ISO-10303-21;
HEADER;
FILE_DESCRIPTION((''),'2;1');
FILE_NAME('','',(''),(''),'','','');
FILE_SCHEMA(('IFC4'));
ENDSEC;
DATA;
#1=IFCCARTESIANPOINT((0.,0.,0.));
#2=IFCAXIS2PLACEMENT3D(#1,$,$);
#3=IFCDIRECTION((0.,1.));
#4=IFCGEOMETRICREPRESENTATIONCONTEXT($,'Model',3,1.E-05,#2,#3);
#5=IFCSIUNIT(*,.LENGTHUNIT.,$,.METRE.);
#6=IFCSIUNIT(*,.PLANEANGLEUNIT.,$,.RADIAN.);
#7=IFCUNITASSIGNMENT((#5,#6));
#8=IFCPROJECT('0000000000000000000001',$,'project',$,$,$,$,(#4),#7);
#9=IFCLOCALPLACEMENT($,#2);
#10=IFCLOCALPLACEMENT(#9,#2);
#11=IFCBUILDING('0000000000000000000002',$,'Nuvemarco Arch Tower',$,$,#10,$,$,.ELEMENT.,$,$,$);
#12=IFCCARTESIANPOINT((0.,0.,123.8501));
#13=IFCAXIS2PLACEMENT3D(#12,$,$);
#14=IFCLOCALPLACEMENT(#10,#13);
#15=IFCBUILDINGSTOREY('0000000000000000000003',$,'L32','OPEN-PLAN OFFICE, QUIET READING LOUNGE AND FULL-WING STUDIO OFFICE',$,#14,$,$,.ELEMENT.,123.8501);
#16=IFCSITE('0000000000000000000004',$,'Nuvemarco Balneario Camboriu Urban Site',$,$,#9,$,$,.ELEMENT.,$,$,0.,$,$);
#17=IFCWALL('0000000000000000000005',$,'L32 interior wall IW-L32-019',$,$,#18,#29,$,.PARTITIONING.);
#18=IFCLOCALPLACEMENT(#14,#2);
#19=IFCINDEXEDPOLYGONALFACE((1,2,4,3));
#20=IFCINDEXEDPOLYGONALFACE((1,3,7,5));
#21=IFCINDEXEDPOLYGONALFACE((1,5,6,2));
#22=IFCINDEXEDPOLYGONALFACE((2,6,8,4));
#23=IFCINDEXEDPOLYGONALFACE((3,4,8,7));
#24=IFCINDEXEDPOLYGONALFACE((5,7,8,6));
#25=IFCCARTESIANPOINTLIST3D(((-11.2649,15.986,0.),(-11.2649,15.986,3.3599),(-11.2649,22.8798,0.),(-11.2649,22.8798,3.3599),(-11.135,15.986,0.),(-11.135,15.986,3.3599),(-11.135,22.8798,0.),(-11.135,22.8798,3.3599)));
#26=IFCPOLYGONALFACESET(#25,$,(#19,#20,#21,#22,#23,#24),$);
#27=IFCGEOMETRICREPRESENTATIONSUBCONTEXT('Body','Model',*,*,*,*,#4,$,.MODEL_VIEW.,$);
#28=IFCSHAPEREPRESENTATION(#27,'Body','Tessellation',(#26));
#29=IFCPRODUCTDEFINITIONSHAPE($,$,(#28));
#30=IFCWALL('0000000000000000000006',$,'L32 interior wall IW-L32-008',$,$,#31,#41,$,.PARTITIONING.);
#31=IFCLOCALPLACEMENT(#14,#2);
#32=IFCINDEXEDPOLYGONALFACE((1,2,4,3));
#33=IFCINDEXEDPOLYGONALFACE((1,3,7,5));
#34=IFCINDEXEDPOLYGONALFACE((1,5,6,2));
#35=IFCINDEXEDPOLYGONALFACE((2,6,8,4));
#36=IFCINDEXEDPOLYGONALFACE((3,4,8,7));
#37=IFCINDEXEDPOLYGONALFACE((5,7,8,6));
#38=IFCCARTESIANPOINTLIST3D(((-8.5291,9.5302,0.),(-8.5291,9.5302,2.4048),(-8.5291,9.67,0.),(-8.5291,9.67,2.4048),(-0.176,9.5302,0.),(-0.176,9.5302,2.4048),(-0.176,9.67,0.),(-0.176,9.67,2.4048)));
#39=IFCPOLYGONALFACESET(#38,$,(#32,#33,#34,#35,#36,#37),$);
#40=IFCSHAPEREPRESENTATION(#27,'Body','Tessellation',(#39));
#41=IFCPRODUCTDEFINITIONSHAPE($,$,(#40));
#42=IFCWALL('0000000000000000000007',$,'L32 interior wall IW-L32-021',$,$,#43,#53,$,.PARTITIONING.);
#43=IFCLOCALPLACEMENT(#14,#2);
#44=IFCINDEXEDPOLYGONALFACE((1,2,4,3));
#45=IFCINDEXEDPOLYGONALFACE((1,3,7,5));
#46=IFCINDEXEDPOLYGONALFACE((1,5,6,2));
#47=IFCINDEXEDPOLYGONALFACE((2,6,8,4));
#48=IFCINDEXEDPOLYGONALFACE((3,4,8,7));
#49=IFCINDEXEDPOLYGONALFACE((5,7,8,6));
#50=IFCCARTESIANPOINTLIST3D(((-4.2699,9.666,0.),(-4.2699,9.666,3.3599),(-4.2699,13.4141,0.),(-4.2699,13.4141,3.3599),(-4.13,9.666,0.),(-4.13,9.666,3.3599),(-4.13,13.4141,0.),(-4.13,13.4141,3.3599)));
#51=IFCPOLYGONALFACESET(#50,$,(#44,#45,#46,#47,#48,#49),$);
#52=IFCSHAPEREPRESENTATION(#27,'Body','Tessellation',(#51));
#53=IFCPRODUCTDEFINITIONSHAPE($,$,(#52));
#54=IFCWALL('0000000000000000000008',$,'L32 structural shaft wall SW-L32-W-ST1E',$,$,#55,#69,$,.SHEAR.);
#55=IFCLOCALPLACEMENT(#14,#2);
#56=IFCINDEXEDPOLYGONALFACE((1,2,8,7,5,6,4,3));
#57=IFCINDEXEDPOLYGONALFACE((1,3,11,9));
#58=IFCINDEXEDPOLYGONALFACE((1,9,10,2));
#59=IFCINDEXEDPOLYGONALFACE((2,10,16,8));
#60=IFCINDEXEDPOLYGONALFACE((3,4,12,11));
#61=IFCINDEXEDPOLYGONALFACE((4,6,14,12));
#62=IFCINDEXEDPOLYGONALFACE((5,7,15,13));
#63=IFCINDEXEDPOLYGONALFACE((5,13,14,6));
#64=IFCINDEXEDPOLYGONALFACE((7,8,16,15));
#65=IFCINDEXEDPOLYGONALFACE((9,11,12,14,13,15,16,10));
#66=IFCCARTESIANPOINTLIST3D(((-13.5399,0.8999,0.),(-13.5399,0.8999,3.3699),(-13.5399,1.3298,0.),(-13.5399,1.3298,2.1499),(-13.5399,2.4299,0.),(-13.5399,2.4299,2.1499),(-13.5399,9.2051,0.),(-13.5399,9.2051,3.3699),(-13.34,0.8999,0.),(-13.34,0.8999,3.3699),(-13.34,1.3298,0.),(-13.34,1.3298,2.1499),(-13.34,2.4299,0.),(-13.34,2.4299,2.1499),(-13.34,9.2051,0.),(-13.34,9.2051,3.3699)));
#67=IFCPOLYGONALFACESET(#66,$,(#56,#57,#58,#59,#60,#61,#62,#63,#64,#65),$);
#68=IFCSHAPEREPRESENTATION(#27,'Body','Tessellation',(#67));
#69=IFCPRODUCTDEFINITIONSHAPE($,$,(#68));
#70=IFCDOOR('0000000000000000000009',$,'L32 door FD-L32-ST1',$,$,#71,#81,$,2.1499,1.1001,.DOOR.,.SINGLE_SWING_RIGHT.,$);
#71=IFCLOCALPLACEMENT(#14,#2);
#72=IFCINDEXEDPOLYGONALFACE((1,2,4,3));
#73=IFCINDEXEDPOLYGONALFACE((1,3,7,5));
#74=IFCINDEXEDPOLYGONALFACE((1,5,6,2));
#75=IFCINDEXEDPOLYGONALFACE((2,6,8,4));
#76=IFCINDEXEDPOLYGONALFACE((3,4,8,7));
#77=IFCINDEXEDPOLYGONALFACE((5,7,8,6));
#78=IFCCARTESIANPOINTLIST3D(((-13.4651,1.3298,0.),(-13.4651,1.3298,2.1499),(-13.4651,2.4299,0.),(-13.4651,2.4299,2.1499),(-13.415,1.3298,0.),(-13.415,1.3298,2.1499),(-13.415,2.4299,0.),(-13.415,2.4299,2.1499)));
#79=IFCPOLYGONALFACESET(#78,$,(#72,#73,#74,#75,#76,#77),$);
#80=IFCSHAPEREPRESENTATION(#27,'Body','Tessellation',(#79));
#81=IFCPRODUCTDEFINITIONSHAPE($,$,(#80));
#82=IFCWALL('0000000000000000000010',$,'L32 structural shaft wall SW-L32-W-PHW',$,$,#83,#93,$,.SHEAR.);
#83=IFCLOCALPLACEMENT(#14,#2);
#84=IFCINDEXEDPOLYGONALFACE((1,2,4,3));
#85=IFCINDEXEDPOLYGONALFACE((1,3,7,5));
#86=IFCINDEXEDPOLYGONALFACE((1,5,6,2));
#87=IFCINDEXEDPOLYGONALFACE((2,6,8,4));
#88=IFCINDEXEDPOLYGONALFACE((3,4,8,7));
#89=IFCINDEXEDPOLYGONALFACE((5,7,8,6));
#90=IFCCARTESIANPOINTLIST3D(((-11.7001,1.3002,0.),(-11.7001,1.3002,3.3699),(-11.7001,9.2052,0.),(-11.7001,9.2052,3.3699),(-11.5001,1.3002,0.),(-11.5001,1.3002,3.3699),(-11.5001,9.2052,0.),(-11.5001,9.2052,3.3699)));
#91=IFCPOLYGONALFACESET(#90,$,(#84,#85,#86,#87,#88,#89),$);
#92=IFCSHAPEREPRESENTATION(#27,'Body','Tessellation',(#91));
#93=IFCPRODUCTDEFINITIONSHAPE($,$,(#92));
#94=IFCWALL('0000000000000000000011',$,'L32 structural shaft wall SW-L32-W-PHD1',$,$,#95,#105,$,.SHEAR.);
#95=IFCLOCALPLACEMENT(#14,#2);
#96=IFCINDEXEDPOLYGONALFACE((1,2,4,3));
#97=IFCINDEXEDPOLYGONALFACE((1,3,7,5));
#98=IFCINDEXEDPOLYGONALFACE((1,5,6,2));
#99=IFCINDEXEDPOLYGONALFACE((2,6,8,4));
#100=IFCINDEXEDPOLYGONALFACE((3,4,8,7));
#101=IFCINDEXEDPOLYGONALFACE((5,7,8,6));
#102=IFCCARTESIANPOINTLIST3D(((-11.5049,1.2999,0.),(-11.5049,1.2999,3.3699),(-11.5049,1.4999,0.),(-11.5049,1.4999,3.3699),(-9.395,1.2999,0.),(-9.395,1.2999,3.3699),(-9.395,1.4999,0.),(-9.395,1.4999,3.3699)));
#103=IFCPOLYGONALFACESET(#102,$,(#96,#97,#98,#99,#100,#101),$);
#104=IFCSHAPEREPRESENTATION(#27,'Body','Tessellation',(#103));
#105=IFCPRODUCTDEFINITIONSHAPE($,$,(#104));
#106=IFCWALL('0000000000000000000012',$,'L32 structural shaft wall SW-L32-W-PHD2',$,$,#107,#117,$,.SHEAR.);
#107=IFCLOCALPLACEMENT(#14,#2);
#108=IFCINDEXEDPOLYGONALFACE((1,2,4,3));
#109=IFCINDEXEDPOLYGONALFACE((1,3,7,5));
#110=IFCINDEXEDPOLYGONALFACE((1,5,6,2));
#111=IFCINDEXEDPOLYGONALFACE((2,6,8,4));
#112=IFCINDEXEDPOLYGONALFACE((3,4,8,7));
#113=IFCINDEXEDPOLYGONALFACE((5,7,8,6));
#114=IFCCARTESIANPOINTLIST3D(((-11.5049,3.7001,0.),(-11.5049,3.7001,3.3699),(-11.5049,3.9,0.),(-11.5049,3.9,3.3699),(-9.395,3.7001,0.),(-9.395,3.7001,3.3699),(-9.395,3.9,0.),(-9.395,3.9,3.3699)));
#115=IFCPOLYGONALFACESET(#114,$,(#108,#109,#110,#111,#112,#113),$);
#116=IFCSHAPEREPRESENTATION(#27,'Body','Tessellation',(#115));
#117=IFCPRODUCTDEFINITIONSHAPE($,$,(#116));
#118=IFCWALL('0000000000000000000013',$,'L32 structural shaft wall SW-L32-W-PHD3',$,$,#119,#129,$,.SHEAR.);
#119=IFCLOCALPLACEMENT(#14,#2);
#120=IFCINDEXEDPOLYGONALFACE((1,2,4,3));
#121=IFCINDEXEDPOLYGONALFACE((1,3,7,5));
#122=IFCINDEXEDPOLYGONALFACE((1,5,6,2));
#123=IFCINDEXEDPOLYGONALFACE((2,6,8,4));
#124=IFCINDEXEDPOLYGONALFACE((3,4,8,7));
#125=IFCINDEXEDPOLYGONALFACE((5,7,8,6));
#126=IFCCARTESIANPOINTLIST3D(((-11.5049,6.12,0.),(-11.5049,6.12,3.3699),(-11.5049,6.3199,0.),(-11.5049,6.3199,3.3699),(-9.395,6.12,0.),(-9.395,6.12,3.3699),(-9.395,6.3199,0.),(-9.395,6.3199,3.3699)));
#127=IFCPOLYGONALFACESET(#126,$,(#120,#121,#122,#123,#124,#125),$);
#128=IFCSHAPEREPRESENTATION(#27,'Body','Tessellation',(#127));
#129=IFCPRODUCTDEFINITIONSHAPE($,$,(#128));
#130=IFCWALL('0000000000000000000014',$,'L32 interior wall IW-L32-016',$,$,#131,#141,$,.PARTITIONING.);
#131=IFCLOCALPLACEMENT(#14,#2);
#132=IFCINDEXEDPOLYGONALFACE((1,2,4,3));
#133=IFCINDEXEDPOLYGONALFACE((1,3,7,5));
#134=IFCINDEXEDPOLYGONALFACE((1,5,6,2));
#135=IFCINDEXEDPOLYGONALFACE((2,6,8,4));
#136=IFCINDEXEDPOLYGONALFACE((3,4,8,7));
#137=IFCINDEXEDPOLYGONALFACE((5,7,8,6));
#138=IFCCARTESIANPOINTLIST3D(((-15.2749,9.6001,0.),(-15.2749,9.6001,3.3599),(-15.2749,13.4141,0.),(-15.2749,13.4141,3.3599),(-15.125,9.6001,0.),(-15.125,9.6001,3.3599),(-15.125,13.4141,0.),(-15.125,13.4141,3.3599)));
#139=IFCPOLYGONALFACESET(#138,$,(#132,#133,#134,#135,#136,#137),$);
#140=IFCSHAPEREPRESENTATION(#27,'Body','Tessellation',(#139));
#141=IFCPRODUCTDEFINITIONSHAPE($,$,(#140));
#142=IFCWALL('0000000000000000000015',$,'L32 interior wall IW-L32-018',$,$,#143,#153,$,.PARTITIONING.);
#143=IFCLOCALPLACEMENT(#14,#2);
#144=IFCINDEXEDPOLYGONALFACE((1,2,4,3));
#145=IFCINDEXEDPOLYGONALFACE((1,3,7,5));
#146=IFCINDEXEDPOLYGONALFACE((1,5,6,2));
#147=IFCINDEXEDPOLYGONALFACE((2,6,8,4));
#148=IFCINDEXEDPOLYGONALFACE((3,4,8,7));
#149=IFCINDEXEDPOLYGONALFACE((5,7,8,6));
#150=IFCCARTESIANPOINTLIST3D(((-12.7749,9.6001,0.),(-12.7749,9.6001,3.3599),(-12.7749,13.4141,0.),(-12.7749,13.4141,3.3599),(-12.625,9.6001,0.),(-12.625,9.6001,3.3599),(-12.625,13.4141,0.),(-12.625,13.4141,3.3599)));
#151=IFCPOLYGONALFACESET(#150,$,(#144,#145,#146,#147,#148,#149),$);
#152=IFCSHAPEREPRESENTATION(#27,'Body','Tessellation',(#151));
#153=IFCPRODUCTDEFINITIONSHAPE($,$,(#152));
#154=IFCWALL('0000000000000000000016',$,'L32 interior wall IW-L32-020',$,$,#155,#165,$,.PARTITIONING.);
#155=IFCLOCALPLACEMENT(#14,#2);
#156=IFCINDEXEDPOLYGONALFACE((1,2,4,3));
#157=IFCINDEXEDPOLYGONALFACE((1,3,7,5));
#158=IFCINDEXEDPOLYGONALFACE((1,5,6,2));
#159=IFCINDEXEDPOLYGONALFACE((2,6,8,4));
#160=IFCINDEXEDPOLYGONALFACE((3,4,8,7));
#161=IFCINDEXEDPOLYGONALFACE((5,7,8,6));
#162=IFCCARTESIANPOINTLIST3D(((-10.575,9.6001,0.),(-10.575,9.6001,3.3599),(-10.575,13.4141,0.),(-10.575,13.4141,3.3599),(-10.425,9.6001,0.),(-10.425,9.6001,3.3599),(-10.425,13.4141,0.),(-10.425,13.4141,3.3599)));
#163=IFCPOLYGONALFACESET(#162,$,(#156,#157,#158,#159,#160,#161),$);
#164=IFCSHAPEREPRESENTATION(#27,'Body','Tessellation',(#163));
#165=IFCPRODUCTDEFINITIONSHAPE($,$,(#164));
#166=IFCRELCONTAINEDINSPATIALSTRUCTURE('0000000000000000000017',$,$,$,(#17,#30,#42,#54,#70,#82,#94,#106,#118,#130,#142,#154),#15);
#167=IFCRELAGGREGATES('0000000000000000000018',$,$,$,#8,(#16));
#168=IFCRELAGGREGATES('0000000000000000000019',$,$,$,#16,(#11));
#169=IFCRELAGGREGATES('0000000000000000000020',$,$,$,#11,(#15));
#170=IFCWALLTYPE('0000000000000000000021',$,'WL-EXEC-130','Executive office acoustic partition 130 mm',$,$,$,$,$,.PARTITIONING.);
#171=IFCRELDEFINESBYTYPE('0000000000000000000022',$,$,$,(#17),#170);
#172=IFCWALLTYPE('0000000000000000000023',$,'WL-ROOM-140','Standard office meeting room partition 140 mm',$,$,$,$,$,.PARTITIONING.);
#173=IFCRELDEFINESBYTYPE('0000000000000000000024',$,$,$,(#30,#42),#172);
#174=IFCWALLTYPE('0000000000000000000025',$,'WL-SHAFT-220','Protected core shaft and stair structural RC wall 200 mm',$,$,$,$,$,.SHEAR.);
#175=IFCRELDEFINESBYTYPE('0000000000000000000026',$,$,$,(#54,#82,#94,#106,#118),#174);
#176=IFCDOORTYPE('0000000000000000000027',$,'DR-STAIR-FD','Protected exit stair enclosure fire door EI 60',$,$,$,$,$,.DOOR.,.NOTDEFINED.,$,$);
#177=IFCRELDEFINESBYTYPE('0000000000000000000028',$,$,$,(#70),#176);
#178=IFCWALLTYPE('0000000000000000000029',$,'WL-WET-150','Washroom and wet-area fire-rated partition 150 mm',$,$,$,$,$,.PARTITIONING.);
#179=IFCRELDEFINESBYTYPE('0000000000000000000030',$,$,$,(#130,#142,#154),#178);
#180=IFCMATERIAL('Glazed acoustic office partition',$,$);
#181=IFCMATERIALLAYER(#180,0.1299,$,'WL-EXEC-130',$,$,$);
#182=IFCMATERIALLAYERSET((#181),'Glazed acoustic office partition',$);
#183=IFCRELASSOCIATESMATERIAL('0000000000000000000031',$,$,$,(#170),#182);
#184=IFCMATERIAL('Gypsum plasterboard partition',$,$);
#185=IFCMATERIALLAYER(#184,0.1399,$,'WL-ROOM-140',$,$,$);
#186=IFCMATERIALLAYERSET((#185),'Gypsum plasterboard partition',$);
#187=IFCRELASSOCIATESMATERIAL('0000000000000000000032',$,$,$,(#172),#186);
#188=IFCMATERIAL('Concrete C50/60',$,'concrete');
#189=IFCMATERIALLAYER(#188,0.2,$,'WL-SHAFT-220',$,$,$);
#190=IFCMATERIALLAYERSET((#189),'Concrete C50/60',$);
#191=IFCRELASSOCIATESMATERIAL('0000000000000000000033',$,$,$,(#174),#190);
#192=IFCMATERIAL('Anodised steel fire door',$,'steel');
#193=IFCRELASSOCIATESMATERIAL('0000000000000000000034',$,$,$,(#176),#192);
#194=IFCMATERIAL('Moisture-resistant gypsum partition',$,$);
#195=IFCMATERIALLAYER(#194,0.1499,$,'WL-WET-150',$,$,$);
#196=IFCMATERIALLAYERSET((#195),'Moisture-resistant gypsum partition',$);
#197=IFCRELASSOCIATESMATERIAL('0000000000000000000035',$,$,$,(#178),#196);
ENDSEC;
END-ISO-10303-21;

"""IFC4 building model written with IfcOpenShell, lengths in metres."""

from ifc_helpers import new_model, si_unit, direction, frame, frame_2d, origin, place, context, subcontext, project, spatial, rectangle, extrude, source, transform, mapped, material, layer, layer_set, type_object, type_shapes, element, fill, save


model = new_model("IFC4")

# Units and contexts
model_context = context("Model", 3, precision=1e-05, world=origin(), true_north=direction((0.0, 1.0)))
body_context = subcontext(model_context, "Body", "Model", "MODEL_VIEW")
ifc_project = project(units=[si_unit("LENGTHUNIT", "METRE"), si_unit("PLANEANGLEUNIT", "RADIAN")], contexts=[model_context])

# Site, building, storey
site_placement = place(None, origin())
site = spatial("IfcSite", under=ifc_project, at=site_placement, Name="Nuvemarco Balneario Camboriu Urban Site", CompositionType="ELEMENT", RefElevation=0.0)
building_placement = place(site_placement, origin())
building = spatial("IfcBuilding", under=site, at=building_placement, Name="Nuvemarco Arch Tower", CompositionType="ELEMENT")
storey_placement = place(building_placement, frame((0.0, 0.0, 123.8501)))
storey = spatial("IfcBuildingStorey", under=building, at=storey_placement, Name="L32", Description="OPEN-PLAN OFFICE, QUIET READING LOUNGE AND FULL-WING STUDIO OFFICE", CompositionType="ELEMENT", Elevation=123.8501)

# Shared definitions
ifc_material_1 = material(Name="Concrete C50/60", Category="concrete")

# Walls
ifc_material_2 = material(Name="Glazed acoustic office partition")
ifc_layer_1 = layer(ifc_material_2, 0.1299, Name="WL-EXEC-130")
ifc_layer_set_1 = layer_set([ifc_layer_1], Name="Glazed acoustic office partition")
wall_type_1 = type_object("IfcWallType", Name="WL-EXEC-130", Description="Executive office acoustic partition 130 mm", PredefinedType="PARTITIONING", material=ifc_layer_set_1)
wall_1_placement = place(storey_placement, frame((-11.2, 15.9861, 0.0), z_axis=(0.0, 0.0, 1.0), x_axis=(0.0, 1.0, 0.0)))
element("IfcWall", 1, at=wall_1_placement, inside=storey, type_object=wall_type_1, Name="L32 interior wall IW-L32-019", PredefinedType="PARTITIONING", context=body_context, shape_type="SweptSolid", body=[
    extrude(rectangle(XDim=6.8938, YDim=0.1299, at=frame_2d((3.4468, 0.0))), origin(), (0.0, 0.0, 1.0), 3.3599),
])
ifc_material_3 = material(Name="Gypsum plasterboard partition")
ifc_layer_2 = layer(ifc_material_3, 0.1399, Name="WL-ROOM-140")
ifc_layer_set_2 = layer_set([ifc_layer_2], Name="Gypsum plasterboard partition")
wall_type_2 = type_object("IfcWallType", Name="WL-ROOM-140", Description="Standard office meeting room partition 140 mm", PredefinedType="PARTITIONING", material=ifc_layer_set_2)
wall_2_placement = place(storey_placement, frame((-8.5291, 9.6001, 0.0), z_axis=(0.0, 0.0, 1.0), x_axis=(1.0, 0.0, 0.0)))
element("IfcWall", 2, at=wall_2_placement, inside=storey, type_object=wall_type_2, Name="L32 interior wall IW-L32-008", PredefinedType="PARTITIONING", context=body_context, shape_type="SweptSolid", body=[
    extrude(rectangle(XDim=8.353, YDim=0.1399, at=frame_2d((4.1765, 0.0))), origin(), (0.0, 0.0, 1.0), 2.4048),
])
wall_3_placement = place(storey_placement, frame((-4.2, 9.666, 0.0), z_axis=(0.0, 0.0, 1.0), x_axis=(0.0, 1.0, 0.0)))
element("IfcWall", 3, at=wall_3_placement, inside=storey, type_object=wall_type_2, Name="L32 interior wall IW-L32-021", PredefinedType="PARTITIONING", context=body_context, shape_type="SweptSolid", body=[
    extrude(rectangle(XDim=3.748, YDim=0.1399, at=frame_2d((1.874, 0.0))), origin(), (0.0, 0.0, 1.0), 3.3599),
])

# Wall, opening, door
ifc_layer_3 = layer(ifc_material_1, 0.2, Name="WL-SHAFT-220")
ifc_layer_set_3 = layer_set([ifc_layer_3], Name="Concrete C50/60")
wall_type_3 = type_object("IfcWallType", Name="WL-SHAFT-220", Description="Protected core shaft and stair structural RC wall 200 mm", PredefinedType="SHEAR", material=ifc_layer_set_3)
wall_4_placement = place(storey_placement, frame((-13.4399, 0.8999, 0.0), z_axis=(0.0, 0.0, 1.0), x_axis=(0.0, 1.0, 0.0)))
wall_4 = element("IfcWall", 4, at=wall_4_placement, inside=storey, type_object=wall_type_3, Name="L32 structural shaft wall SW-L32-W-ST1E", PredefinedType="SHEAR", context=body_context, shape_type="SweptSolid", body=[
    extrude(rectangle(XDim=8.3052, YDim=0.2, at=frame_2d((4.1526, 0.0))), origin(), (0.0, 0.0, 1.0), 3.3699),
])
opening_1_placement = place(wall_4_placement, frame((1.53, 0.0, 0.0), z_axis=(0.0, 0.0, 1.0), x_axis=(-1.0, 0.0, 0.0)))
opening_1 = element("IfcOpeningElement", 5, at=opening_1_placement, cuts=wall_4, PredefinedType="OPENING", context=body_context, shape_type="SweptSolid", body=[
    extrude(rectangle(XDim=1.1001, YDim=2.1499, at=frame_2d((0.55, 1.075))), frame((0.0, 0.1099, 0.0), z_axis=(0.0, -1.0, 0.0), x_axis=(1.0, 0.0, 0.0)), (0.0, 0.0, 1.0), 0.22),
])
ifc_material_4 = material(Name="Anodised steel fire door", Category="steel")
door_type_1 = type_object("IfcDoorType", Name="DR-STAIR-FD", Description="Protected exit stair enclosure fire door EI 60", OperationType="NOTDEFINED", PredefinedType="DOOR", material=ifc_material_4)
shared_shape_1 = source(origin(), body_context, "Body", "SweptSolid", [
    extrude(rectangle(XDim=1.1001, YDim=2.1499, at=frame_2d((0.55, 1.075))), frame((0.0, 0.0249, 0.0), z_axis=(0.0, -1.0, 0.0), x_axis=(1.0, 0.0, 0.0)), (0.0, 0.0, 1.0), 0.05),
])
type_shapes(door_type_1, [shared_shape_1])
door_1_placement = place(opening_1_placement, origin())
door_1 = element("IfcDoor", 6, at=door_1_placement, inside=storey, type_object=door_type_1, Name="L32 door FD-L32-ST1", OperationType="SINGLE_SWING_RIGHT", OverallHeight=2.1499, OverallWidth=1.1001, PredefinedType="DOOR", context=body_context, shape_type="MappedRepresentation", body=[
    mapped(shared_shape_1, transform((0.0, 0.0, 0.0), scale=1.0)),
])
fill(opening_1, door_1)

# Walls
wall_5_placement = place(storey_placement, frame((-11.6001, 1.3, 0.0), z_axis=(0.0, 0.0, 1.0), x_axis=(0.0, 1.0, 0.0)))
element("IfcWall", 7, at=wall_5_placement, inside=storey, type_object=wall_type_3, Name="L32 structural shaft wall SW-L32-W-PHW", PredefinedType="SHEAR", context=body_context, shape_type="SweptSolid", body=[
    extrude(rectangle(XDim=7.905, YDim=0.2, at=frame_2d((3.9526, 0.0))), origin(), (0.0, 0.0, 1.0), 3.3699),
])
for number, where, z_axis, x_axis, name in (
    (8, (-11.5049, 1.3999, 0.0), (0.0, 0.0, 1.0), (1.0, 0.0, 0.0), "L32 structural shaft wall SW-L32-W-PHD1"),
    (9, (-11.5049, 3.8, 0.0), (0.0, 0.0, 1.0), (1.0, 0.0, 0.0), "L32 structural shaft wall SW-L32-W-PHD2"),
    (10, (-11.5049, 6.22, 0.0), (0.0, 0.0, 1.0), (1.0, 0.0, 0.0), "L32 structural shaft wall SW-L32-W-PHD3"),
):
    element("IfcWall", number, at=place(storey_placement, frame(where, z_axis=z_axis, x_axis=x_axis)), inside=storey, type_object=wall_type_3, Name=name, PredefinedType="SHEAR", context=body_context, shape_type="SweptSolid", body=[
        extrude(rectangle(XDim=2.1099, YDim=0.2, at=frame_2d((1.0549, 0.0))), origin(), (0.0, 0.0, 1.0), 3.3699),
    ])
ifc_material_5 = material(Name="Moisture-resistant gypsum partition")
ifc_layer_4 = layer(ifc_material_5, 0.1499, Name="WL-WET-150")
ifc_layer_set_4 = layer_set([ifc_layer_4], Name="Moisture-resistant gypsum partition")
wall_type_4 = type_object("IfcWallType", Name="WL-WET-150", Description="Washroom and wet-area fire-rated partition 150 mm", PredefinedType="PARTITIONING", material=ifc_layer_set_4)
for number, where, z_axis, x_axis, name in (
    (11, (-15.2, 9.6001, 0.0), (0.0, 0.0, 1.0), (0.0, 1.0, 0.0), "L32 interior wall IW-L32-016"),
    (12, (-12.7, 9.6001, 0.0), (0.0, 0.0, 1.0), (0.0, 1.0, 0.0), "L32 interior wall IW-L32-018"),
    (13, (-10.5, 9.6001, 0.0), (0.0, 0.0, 1.0), (0.0, 1.0, 0.0), "L32 interior wall IW-L32-020"),
):
    element("IfcWall", number, at=place(storey_placement, frame(where, z_axis=z_axis, x_axis=x_axis)), inside=storey, type_object=wall_type_4, Name=name, PredefinedType="PARTITIONING", context=body_context, shape_type="SweptSolid", body=[
        extrude(rectangle(XDim=3.814, YDim=0.1499, at=frame_2d((1.907, 0.0))), origin(), (0.0, 0.0, 1.0), 3.3599),
    ])

save(model, "model.ifc")
